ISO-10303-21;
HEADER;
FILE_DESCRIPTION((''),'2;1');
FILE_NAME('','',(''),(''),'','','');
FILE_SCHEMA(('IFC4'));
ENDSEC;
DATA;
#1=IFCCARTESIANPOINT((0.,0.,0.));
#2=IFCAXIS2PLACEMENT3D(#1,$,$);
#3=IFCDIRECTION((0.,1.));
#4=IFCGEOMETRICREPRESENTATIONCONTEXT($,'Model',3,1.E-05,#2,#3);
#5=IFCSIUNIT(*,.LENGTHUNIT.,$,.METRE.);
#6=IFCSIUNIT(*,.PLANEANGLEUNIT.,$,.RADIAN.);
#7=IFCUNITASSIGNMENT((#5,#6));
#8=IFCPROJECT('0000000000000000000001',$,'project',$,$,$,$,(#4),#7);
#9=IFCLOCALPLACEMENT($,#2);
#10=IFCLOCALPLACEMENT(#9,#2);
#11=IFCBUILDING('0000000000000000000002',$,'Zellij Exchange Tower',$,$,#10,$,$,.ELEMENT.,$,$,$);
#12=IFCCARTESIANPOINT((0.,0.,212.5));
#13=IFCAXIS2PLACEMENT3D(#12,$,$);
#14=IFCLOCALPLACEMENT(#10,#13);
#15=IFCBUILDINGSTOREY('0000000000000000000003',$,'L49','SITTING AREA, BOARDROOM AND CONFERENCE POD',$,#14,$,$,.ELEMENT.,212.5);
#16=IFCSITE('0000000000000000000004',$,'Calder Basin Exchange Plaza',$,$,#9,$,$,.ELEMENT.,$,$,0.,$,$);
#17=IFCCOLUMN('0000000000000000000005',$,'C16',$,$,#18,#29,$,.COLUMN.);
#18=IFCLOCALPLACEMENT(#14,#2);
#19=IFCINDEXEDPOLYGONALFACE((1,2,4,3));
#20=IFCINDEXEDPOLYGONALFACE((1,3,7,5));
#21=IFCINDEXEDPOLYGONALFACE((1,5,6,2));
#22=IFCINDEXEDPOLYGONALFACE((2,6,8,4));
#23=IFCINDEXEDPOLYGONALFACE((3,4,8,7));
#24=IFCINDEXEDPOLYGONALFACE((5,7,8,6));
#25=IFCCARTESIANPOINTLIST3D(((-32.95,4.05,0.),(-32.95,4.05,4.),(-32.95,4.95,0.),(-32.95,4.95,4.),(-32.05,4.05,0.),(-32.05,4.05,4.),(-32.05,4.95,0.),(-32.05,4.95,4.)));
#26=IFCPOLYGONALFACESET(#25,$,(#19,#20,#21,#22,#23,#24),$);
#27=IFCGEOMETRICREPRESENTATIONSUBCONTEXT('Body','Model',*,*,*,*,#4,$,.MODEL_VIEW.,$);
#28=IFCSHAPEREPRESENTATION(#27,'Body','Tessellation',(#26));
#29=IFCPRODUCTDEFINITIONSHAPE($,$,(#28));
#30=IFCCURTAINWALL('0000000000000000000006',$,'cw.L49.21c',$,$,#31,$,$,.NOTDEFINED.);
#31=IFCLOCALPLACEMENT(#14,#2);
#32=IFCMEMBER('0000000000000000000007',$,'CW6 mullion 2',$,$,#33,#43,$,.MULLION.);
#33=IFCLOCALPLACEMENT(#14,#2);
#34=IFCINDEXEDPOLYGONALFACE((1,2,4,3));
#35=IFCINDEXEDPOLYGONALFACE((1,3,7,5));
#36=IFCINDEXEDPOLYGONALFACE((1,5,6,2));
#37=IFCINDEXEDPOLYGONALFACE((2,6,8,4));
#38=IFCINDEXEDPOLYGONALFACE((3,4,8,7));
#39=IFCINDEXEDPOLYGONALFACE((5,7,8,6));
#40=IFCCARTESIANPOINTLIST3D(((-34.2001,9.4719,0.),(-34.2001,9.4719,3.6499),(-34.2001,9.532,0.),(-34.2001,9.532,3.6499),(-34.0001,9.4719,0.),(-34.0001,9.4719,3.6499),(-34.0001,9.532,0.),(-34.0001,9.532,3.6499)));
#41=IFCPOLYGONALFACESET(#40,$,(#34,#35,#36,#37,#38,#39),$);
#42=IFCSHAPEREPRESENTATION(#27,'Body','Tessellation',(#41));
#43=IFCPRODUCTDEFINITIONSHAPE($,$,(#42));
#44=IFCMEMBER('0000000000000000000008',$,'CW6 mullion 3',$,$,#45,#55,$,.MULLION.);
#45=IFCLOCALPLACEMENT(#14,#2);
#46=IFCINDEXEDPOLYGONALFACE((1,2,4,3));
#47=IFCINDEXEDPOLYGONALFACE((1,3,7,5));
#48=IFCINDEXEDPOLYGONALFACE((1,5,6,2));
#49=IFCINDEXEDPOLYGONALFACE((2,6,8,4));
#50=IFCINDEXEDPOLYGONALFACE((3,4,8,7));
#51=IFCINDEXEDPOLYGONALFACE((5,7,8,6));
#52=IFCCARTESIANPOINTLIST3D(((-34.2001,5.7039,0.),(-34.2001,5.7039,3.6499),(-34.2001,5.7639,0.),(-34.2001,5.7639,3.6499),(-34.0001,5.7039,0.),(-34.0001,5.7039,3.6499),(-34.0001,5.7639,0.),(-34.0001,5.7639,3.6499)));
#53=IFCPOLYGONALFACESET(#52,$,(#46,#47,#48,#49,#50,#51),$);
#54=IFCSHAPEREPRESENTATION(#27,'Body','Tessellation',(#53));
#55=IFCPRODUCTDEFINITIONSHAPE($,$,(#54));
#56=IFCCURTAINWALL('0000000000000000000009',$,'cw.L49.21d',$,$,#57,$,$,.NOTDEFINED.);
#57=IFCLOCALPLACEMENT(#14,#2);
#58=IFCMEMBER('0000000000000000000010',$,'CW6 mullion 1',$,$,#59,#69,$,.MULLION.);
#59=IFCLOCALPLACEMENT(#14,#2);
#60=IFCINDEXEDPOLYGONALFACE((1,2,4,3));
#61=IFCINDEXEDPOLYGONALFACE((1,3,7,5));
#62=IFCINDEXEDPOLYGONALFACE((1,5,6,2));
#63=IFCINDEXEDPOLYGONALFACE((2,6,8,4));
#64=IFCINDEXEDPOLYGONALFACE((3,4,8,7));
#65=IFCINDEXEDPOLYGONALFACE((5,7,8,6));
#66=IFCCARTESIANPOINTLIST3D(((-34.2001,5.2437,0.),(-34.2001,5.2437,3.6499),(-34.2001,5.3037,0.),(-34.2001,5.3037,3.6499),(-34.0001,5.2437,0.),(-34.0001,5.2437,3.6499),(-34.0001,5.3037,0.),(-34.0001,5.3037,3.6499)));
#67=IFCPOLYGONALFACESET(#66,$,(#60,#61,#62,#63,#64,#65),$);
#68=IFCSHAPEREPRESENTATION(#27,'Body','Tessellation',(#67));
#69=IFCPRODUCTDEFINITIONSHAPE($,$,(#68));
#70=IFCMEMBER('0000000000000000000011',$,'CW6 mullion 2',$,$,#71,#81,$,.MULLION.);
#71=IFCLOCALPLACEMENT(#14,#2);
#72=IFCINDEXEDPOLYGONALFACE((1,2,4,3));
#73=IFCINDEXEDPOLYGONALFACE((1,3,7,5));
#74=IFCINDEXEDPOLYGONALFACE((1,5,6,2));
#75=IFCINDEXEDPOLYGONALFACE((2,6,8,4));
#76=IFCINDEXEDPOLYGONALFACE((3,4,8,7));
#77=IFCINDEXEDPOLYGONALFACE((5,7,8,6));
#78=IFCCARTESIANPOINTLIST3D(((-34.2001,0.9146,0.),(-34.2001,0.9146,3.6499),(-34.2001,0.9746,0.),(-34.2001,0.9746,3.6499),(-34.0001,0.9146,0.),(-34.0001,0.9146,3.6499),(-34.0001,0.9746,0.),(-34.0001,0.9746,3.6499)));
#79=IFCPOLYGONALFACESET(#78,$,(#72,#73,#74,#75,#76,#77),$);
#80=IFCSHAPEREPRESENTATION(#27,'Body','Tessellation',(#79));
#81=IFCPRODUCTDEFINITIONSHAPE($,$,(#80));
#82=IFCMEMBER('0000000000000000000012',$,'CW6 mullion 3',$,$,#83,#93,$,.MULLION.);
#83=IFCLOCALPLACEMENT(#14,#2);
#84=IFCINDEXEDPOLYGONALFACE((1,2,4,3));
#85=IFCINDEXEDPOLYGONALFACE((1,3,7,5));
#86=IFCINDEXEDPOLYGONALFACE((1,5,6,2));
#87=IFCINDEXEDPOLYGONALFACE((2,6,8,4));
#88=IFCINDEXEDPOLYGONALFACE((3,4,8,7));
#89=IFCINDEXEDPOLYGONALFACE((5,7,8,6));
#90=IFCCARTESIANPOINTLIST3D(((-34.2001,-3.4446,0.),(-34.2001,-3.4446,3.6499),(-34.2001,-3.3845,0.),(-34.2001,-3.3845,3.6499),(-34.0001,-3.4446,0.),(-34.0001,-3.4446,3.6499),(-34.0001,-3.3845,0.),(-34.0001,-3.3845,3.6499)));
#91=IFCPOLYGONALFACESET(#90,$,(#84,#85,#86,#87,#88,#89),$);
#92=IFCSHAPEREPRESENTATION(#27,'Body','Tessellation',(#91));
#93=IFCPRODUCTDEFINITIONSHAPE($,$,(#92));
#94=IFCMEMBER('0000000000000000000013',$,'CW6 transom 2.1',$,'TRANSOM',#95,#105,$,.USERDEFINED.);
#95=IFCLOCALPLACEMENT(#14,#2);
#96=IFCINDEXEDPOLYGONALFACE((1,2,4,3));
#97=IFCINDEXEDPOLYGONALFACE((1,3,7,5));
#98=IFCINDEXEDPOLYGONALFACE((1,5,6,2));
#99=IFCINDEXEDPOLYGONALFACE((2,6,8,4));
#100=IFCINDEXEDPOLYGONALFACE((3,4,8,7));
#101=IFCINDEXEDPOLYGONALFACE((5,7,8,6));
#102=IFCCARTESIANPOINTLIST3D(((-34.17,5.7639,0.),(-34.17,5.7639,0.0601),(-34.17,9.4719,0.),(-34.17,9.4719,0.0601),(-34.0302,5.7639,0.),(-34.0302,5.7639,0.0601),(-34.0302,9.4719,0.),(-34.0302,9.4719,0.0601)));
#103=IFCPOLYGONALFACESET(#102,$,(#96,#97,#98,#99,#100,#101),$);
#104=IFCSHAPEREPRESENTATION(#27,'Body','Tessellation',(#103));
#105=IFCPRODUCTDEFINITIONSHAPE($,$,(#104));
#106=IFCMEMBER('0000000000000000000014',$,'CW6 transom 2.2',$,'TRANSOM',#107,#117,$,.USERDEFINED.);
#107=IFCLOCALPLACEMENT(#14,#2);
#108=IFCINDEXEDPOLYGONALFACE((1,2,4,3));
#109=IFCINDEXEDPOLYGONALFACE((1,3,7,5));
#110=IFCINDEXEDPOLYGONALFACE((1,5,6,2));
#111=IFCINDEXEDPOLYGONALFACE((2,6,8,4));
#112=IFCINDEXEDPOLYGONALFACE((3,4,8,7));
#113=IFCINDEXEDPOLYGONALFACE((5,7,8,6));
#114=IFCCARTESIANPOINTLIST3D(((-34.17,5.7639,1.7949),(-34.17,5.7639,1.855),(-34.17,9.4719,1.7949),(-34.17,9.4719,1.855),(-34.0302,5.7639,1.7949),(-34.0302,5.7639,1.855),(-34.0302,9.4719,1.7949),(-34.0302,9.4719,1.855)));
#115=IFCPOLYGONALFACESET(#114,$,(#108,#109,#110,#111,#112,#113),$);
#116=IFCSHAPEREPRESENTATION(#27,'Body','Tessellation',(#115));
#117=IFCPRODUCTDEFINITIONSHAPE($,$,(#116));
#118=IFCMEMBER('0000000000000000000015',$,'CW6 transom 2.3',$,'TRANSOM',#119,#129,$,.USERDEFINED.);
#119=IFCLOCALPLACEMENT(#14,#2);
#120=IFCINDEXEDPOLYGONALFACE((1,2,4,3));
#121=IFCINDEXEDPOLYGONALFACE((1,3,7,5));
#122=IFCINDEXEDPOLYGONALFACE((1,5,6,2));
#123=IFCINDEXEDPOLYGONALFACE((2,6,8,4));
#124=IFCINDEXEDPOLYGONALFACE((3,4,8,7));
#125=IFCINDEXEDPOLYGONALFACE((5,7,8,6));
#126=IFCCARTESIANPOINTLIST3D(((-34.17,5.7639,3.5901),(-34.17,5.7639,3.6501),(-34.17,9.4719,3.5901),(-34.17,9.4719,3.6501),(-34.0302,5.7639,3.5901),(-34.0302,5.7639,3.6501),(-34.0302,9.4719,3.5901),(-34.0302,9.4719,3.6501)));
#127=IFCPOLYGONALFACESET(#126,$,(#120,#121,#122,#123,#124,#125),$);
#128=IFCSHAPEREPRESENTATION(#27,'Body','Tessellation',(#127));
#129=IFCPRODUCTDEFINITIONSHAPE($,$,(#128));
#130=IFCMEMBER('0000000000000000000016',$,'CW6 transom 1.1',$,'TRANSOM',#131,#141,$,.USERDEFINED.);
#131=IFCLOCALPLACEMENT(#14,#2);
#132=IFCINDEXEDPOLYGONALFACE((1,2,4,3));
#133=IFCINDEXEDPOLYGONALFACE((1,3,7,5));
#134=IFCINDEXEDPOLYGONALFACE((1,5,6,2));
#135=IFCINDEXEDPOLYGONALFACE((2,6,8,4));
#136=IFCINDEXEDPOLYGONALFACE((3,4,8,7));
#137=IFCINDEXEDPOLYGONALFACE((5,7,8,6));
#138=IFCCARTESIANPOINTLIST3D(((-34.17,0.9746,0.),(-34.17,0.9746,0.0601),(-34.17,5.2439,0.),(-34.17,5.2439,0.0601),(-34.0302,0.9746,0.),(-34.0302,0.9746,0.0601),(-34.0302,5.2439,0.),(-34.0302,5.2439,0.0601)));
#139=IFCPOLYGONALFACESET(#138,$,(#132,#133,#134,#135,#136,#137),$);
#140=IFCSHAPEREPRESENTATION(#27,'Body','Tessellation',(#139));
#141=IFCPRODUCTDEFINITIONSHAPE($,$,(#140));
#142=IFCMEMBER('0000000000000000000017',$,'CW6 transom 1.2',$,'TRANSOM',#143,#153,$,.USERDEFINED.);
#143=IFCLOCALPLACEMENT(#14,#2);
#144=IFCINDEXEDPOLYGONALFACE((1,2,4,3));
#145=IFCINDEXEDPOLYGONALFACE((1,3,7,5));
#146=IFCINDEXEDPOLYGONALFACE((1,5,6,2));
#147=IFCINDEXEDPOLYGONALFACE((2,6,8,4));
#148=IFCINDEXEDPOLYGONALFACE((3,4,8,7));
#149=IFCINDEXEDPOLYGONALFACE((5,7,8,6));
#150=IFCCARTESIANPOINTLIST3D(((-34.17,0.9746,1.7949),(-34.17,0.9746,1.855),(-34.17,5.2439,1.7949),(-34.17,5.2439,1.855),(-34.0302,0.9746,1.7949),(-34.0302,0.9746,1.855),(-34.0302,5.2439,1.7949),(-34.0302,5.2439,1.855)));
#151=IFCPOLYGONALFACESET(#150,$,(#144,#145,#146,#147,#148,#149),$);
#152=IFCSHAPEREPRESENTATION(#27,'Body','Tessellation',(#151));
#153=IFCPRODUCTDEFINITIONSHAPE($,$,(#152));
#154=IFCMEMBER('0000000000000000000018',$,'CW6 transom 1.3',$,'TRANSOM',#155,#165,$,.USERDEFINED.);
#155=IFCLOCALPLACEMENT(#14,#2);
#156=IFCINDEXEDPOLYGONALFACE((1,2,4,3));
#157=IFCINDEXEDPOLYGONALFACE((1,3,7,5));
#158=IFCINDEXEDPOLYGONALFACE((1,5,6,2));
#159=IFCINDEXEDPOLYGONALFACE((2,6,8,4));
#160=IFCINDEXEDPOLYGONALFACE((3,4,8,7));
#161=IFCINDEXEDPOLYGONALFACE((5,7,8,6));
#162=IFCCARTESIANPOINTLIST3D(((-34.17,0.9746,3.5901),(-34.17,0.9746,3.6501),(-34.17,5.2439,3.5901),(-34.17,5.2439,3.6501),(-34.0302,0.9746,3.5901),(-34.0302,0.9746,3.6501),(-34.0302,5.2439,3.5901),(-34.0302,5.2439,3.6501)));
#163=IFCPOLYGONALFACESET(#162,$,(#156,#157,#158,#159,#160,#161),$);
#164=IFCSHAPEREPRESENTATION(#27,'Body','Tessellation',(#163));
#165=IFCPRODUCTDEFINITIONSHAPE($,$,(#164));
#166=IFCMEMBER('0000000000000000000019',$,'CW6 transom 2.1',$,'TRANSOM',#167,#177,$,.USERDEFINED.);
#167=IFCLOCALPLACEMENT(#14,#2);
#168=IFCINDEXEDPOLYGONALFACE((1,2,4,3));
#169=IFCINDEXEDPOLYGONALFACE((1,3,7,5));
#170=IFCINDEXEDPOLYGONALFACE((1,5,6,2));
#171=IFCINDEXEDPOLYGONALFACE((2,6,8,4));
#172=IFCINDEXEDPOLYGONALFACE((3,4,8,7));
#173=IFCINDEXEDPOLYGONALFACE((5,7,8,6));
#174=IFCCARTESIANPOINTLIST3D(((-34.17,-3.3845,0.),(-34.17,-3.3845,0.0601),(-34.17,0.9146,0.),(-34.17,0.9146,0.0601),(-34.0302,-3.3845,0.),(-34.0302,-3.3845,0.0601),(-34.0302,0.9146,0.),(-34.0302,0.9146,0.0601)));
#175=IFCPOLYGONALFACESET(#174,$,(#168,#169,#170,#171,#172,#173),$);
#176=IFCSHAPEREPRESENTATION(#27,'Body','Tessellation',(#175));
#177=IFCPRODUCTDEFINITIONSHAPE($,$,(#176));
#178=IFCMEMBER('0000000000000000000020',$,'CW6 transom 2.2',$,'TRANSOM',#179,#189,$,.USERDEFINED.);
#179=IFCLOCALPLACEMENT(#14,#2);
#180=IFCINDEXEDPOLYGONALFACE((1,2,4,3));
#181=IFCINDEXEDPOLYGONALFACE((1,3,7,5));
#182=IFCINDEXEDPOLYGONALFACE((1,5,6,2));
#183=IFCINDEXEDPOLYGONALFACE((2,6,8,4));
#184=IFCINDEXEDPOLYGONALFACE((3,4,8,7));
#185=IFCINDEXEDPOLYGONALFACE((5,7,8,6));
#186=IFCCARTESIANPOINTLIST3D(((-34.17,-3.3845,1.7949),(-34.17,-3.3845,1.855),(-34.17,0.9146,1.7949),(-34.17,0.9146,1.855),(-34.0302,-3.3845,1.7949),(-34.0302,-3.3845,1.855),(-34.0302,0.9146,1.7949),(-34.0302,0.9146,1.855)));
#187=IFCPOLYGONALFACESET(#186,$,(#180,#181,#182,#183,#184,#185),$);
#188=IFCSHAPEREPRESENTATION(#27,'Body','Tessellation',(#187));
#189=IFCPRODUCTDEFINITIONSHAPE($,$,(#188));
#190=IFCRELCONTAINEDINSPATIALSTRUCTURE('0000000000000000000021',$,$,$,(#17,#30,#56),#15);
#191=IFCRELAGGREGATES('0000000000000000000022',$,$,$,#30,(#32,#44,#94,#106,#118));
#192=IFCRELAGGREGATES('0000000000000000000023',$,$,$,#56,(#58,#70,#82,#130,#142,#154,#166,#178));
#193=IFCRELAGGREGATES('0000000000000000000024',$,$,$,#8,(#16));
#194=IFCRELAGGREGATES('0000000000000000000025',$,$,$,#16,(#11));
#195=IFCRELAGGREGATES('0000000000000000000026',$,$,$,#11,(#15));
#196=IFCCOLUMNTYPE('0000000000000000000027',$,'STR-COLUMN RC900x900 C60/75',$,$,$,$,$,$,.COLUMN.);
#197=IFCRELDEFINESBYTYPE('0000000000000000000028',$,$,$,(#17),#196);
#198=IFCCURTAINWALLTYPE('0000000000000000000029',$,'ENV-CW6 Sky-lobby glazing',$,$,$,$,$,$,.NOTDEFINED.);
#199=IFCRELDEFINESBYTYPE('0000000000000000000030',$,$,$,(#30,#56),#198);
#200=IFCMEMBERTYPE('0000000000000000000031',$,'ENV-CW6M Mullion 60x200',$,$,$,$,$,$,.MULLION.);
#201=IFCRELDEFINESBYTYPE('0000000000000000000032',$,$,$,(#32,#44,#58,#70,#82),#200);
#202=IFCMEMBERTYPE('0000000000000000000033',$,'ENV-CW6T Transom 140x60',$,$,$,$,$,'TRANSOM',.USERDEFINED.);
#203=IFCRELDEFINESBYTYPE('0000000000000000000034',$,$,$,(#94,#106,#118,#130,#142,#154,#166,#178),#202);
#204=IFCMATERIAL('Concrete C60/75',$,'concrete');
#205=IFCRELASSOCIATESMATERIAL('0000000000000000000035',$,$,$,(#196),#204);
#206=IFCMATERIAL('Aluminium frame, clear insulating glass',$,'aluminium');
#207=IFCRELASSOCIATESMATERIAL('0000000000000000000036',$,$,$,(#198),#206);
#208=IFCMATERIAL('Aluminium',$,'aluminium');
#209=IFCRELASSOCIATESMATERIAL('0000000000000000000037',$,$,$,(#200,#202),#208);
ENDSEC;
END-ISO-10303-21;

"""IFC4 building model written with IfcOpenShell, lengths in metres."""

from ifc_helpers import new_model, si_unit, direction, frame, origin, origin_2d, place, context, subcontext, project, spatial, rectangle, extrude, material, material_profile, profile_set, type_object, element, aggregate, save


model = new_model("IFC4")

# Units and contexts
model_context = context("Model", 3, precision=1e-05, world=origin(), true_north=direction((0.0, 1.0)))
body_context = subcontext(model_context, "Body", "Model", "MODEL_VIEW")
ifc_project = project(units=[si_unit("LENGTHUNIT", "METRE"), si_unit("PLANEANGLEUNIT", "RADIAN")], contexts=[model_context])

# Site, building, storey
site_placement = place(None, origin())
site = spatial("IfcSite", under=ifc_project, at=site_placement, Name="Calder Basin Exchange Plaza", CompositionType="ELEMENT", RefElevation=0.0)
building_placement = place(site_placement, origin())
building = spatial("IfcBuilding", under=site, at=building_placement, Name="Zellij Exchange Tower", CompositionType="ELEMENT")
storey_placement = place(building_placement, frame((0.0, 0.0, 212.5)))
storey = spatial("IfcBuildingStorey", under=building, at=storey_placement, Name="L49", Description="SITTING AREA, BOARDROOM AND CONFERENCE POD", CompositionType="ELEMENT", Elevation=212.5)

# Column
ifc_material_1 = material(Name="Concrete C60/75", Category="concrete")
ifc_material_profile_1 = material_profile(ifc_material_1, rectangle(XDim=0.8999, YDim=0.8999, at=origin_2d()), Name="STR-COLUMN RC900x900 C60/75")
ifc_profile_set_1 = profile_set([ifc_material_profile_1], Name="Concrete C60/75")
column_type = type_object("IfcColumnType", Name="STR-COLUMN RC900x900 C60/75", PredefinedType="COLUMN", material=ifc_profile_set_1)
column_placement = place(storey_placement, frame((-32.5, 4.5, 0.0), z_axis=(0.0, 0.0, 1.0), x_axis=(1.0, 0.0, 0.0)))
element("IfcColumn", 1, at=column_placement, inside=storey, type_object=column_type, Name="C16", PredefinedType="COLUMN", context=body_context, shape_type="SweptSolid", body=[
    extrude(rectangle(XDim=0.8999, YDim=0.8999, at=origin_2d()), origin(), (0.0, 0.0, 1.0), 4.0),
])

# Curtain walls, members
ifc_material_2 = material(Name="Aluminium frame, clear insulating glass", Category="aluminium")
curtain_wall_type = type_object("IfcCurtainWallType", Name="ENV-CW6 Sky-lobby glazing", PredefinedType="NOTDEFINED", material=ifc_material_2)
curtain_wall_1_placement = place(storey_placement, origin())
curtain_wall_1 = element("IfcCurtainWall", 2, at=curtain_wall_1_placement, inside=storey, type_object=curtain_wall_type, Name="cw.L49.21c", PredefinedType="NOTDEFINED")
ifc_material_3 = material(Name="Aluminium", Category="aluminium")
ifc_material_profile_2 = material_profile(ifc_material_3, rectangle(XDim=0.0601, YDim=0.2, at=origin_2d()), Name="AL 60x200")
ifc_profile_set_2 = profile_set([ifc_material_profile_2], Name="Aluminium")
member_type_1 = type_object("IfcMemberType", Name="ENV-CW6M Mullion 60x200", PredefinedType="MULLION", material=ifc_profile_set_2)
member_1_placement = place(storey_placement, frame((-34.1001, 9.502, 0.0), z_axis=(0.0, 0.0, 1.0), x_axis=(0.0, -1.0, 0.0)))
member_1 = element("IfcMember", 3, at=member_1_placement, type_object=member_type_1, Name="CW6 mullion 2", PredefinedType="MULLION", context=body_context, shape_type="SweptSolid", body=[
    extrude(rectangle(XDim=0.0601, YDim=0.2, at=origin_2d()), origin(), (0.0, 0.0, 1.0), 3.6499),
])
member_2_placement = place(storey_placement, frame((-34.1001, 5.7339, 0.0), z_axis=(0.0, 0.0, 1.0), x_axis=(0.0, -1.0, 0.0)))
member_2 = element("IfcMember", 4, at=member_2_placement, type_object=member_type_1, Name="CW6 mullion 3", PredefinedType="MULLION", context=body_context, shape_type="SweptSolid", body=[
    extrude(rectangle(XDim=0.0601, YDim=0.2, at=origin_2d()), origin(), (0.0, 0.0, 1.0), 3.6499),
])
curtain_wall_2_placement = place(storey_placement, origin())
curtain_wall_2 = element("IfcCurtainWall", 5, at=curtain_wall_2_placement, inside=storey, type_object=curtain_wall_type, Name="cw.L49.21d", PredefinedType="NOTDEFINED")
member_3_placement = place(storey_placement, frame((-34.1001, 5.2737, 0.0), z_axis=(0.0, 0.0, 1.0), x_axis=(0.0, -1.0, 0.0)))
member_3 = element("IfcMember", 6, at=member_3_placement, type_object=member_type_1, Name="CW6 mullion 1", PredefinedType="MULLION", context=body_context, shape_type="SweptSolid", body=[
    extrude(rectangle(XDim=0.0601, YDim=0.2, at=origin_2d()), origin(), (0.0, 0.0, 1.0), 3.6499),
])
member_4_placement = place(storey_placement, frame((-34.1001, 0.9446, 0.0), z_axis=(0.0, 0.0, 1.0), x_axis=(0.0, -1.0, 0.0)))
member_4 = element("IfcMember", 7, at=member_4_placement, type_object=member_type_1, Name="CW6 mullion 2", PredefinedType="MULLION", context=body_context, shape_type="SweptSolid", body=[
    extrude(rectangle(XDim=0.0601, YDim=0.2, at=origin_2d()), origin(), (0.0, 0.0, 1.0), 3.6499),
])
member_5_placement = place(storey_placement, frame((-34.1001, -3.4146, 0.0), z_axis=(0.0, 0.0, 1.0), x_axis=(0.0, -1.0, 0.0)))
member_5 = element("IfcMember", 8, at=member_5_placement, type_object=member_type_1, Name="CW6 mullion 3", PredefinedType="MULLION", context=body_context, shape_type="SweptSolid", body=[
    extrude(rectangle(XDim=0.0601, YDim=0.2, at=origin_2d()), origin(), (0.0, 0.0, 1.0), 3.6499),
])

# Members
ifc_material_profile_3 = material_profile(ifc_material_3, rectangle(XDim=0.1399, YDim=0.0601, at=origin_2d()), Name="AL 140x60")
ifc_profile_set_3 = profile_set([ifc_material_profile_3], Name="Aluminium")
member_type_2 = type_object("IfcMemberType", Name="ENV-CW6T Transom 140x60", ElementType="TRANSOM", PredefinedType="USERDEFINED", material=ifc_profile_set_3)
member_6_placement = place(storey_placement, frame((-34.1001, 9.4719, 0.03), z_axis=(0.0, -1.0, 0.0), x_axis=(1.0, 0.0, 0.0)))
member_6 = element("IfcMember", 9, at=member_6_placement, type_object=member_type_2, Name="CW6 transom 2.1", ObjectType="TRANSOM", PredefinedType="USERDEFINED", context=body_context, shape_type="SweptSolid", body=[
    extrude(rectangle(XDim=0.1399, YDim=0.0601, at=origin_2d()), origin(), (0.0, 0.0, 1.0), 3.708),
])
member_7_placement = place(storey_placement, frame((-34.1001, 9.4719, 1.825), z_axis=(0.0, -1.0, 0.0), x_axis=(1.0, 0.0, 0.0)))
member_7 = element("IfcMember", 10, at=member_7_placement, type_object=member_type_2, Name="CW6 transom 2.2", ObjectType="TRANSOM", PredefinedType="USERDEFINED", context=body_context, shape_type="SweptSolid", body=[
    extrude(rectangle(XDim=0.1399, YDim=0.0601, at=origin_2d()), origin(), (0.0, 0.0, 1.0), 3.708),
])
member_8_placement = place(storey_placement, frame((-34.1001, 9.4719, 3.6201), z_axis=(0.0, -1.0, 0.0), x_axis=(1.0, 0.0, 0.0)))
member_8 = element("IfcMember", 11, at=member_8_placement, type_object=member_type_2, Name="CW6 transom 2.3", ObjectType="TRANSOM", PredefinedType="USERDEFINED", context=body_context, shape_type="SweptSolid", body=[
    extrude(rectangle(XDim=0.1399, YDim=0.0601, at=origin_2d()), origin(), (0.0, 0.0, 1.0), 3.708),
])
member_9_placement = place(storey_placement, frame((-34.1001, 5.2439, 0.03), z_axis=(0.0, -1.0, 0.0), x_axis=(1.0, 0.0, 0.0)))
member_9 = element("IfcMember", 12, at=member_9_placement, type_object=member_type_2, Name="CW6 transom 1.1", ObjectType="TRANSOM", PredefinedType="USERDEFINED", context=body_context, shape_type="SweptSolid", body=[
    extrude(rectangle(XDim=0.1399, YDim=0.0601, at=origin_2d()), origin(), (0.0, 0.0, 1.0), 4.2693),
])
member_10_placement = place(storey_placement, frame((-34.1001, 5.2439, 1.825), z_axis=(0.0, -1.0, 0.0), x_axis=(1.0, 0.0, 0.0)))
member_10 = element("IfcMember", 13, at=member_10_placement, type_object=member_type_2, Name="CW6 transom 1.2", ObjectType="TRANSOM", PredefinedType="USERDEFINED", context=body_context, shape_type="SweptSolid", body=[
    extrude(rectangle(XDim=0.1399, YDim=0.0601, at=origin_2d()), origin(), (0.0, 0.0, 1.0), 4.2693),
])
member_11_placement = place(storey_placement, frame((-34.1001, 5.2439, 3.6201), z_axis=(0.0, -1.0, 0.0), x_axis=(1.0, 0.0, 0.0)))
member_11 = element("IfcMember", 14, at=member_11_placement, type_object=member_type_2, Name="CW6 transom 1.3", ObjectType="TRANSOM", PredefinedType="USERDEFINED", context=body_context, shape_type="SweptSolid", body=[
    extrude(rectangle(XDim=0.1399, YDim=0.0601, at=origin_2d()), origin(), (0.0, 0.0, 1.0), 4.2693),
])
member_12_placement = place(storey_placement, frame((-34.1001, 0.9146, 0.03), z_axis=(0.0, -1.0, 0.0), x_axis=(1.0, 0.0, 0.0)))
member_12 = element("IfcMember", 15, at=member_12_placement, type_object=member_type_2, Name="CW6 transom 2.1", ObjectType="TRANSOM", PredefinedType="USERDEFINED", context=body_context, shape_type="SweptSolid", body=[
    extrude(rectangle(XDim=0.1399, YDim=0.0601, at=origin_2d()), origin(), (0.0, 0.0, 1.0), 4.2991),
])
member_13_placement = place(storey_placement, frame((-34.1001, 0.9146, 1.825), z_axis=(0.0, -1.0, 0.0), x_axis=(1.0, 0.0, 0.0)))
member_13 = element("IfcMember", 16, at=member_13_placement, type_object=member_type_2, Name="CW6 transom 2.2", ObjectType="TRANSOM", PredefinedType="USERDEFINED", context=body_context, shape_type="SweptSolid", body=[
    extrude(rectangle(XDim=0.1399, YDim=0.0601, at=origin_2d()), origin(), (0.0, 0.0, 1.0), 4.2991),
])

aggregate(curtain_wall_1, [member_1, member_2, member_6, member_7, member_8])
aggregate(curtain_wall_2, [member_3, member_4, member_5, member_9, member_10, member_11, member_12, member_13])

save(model, "model.ifc")
